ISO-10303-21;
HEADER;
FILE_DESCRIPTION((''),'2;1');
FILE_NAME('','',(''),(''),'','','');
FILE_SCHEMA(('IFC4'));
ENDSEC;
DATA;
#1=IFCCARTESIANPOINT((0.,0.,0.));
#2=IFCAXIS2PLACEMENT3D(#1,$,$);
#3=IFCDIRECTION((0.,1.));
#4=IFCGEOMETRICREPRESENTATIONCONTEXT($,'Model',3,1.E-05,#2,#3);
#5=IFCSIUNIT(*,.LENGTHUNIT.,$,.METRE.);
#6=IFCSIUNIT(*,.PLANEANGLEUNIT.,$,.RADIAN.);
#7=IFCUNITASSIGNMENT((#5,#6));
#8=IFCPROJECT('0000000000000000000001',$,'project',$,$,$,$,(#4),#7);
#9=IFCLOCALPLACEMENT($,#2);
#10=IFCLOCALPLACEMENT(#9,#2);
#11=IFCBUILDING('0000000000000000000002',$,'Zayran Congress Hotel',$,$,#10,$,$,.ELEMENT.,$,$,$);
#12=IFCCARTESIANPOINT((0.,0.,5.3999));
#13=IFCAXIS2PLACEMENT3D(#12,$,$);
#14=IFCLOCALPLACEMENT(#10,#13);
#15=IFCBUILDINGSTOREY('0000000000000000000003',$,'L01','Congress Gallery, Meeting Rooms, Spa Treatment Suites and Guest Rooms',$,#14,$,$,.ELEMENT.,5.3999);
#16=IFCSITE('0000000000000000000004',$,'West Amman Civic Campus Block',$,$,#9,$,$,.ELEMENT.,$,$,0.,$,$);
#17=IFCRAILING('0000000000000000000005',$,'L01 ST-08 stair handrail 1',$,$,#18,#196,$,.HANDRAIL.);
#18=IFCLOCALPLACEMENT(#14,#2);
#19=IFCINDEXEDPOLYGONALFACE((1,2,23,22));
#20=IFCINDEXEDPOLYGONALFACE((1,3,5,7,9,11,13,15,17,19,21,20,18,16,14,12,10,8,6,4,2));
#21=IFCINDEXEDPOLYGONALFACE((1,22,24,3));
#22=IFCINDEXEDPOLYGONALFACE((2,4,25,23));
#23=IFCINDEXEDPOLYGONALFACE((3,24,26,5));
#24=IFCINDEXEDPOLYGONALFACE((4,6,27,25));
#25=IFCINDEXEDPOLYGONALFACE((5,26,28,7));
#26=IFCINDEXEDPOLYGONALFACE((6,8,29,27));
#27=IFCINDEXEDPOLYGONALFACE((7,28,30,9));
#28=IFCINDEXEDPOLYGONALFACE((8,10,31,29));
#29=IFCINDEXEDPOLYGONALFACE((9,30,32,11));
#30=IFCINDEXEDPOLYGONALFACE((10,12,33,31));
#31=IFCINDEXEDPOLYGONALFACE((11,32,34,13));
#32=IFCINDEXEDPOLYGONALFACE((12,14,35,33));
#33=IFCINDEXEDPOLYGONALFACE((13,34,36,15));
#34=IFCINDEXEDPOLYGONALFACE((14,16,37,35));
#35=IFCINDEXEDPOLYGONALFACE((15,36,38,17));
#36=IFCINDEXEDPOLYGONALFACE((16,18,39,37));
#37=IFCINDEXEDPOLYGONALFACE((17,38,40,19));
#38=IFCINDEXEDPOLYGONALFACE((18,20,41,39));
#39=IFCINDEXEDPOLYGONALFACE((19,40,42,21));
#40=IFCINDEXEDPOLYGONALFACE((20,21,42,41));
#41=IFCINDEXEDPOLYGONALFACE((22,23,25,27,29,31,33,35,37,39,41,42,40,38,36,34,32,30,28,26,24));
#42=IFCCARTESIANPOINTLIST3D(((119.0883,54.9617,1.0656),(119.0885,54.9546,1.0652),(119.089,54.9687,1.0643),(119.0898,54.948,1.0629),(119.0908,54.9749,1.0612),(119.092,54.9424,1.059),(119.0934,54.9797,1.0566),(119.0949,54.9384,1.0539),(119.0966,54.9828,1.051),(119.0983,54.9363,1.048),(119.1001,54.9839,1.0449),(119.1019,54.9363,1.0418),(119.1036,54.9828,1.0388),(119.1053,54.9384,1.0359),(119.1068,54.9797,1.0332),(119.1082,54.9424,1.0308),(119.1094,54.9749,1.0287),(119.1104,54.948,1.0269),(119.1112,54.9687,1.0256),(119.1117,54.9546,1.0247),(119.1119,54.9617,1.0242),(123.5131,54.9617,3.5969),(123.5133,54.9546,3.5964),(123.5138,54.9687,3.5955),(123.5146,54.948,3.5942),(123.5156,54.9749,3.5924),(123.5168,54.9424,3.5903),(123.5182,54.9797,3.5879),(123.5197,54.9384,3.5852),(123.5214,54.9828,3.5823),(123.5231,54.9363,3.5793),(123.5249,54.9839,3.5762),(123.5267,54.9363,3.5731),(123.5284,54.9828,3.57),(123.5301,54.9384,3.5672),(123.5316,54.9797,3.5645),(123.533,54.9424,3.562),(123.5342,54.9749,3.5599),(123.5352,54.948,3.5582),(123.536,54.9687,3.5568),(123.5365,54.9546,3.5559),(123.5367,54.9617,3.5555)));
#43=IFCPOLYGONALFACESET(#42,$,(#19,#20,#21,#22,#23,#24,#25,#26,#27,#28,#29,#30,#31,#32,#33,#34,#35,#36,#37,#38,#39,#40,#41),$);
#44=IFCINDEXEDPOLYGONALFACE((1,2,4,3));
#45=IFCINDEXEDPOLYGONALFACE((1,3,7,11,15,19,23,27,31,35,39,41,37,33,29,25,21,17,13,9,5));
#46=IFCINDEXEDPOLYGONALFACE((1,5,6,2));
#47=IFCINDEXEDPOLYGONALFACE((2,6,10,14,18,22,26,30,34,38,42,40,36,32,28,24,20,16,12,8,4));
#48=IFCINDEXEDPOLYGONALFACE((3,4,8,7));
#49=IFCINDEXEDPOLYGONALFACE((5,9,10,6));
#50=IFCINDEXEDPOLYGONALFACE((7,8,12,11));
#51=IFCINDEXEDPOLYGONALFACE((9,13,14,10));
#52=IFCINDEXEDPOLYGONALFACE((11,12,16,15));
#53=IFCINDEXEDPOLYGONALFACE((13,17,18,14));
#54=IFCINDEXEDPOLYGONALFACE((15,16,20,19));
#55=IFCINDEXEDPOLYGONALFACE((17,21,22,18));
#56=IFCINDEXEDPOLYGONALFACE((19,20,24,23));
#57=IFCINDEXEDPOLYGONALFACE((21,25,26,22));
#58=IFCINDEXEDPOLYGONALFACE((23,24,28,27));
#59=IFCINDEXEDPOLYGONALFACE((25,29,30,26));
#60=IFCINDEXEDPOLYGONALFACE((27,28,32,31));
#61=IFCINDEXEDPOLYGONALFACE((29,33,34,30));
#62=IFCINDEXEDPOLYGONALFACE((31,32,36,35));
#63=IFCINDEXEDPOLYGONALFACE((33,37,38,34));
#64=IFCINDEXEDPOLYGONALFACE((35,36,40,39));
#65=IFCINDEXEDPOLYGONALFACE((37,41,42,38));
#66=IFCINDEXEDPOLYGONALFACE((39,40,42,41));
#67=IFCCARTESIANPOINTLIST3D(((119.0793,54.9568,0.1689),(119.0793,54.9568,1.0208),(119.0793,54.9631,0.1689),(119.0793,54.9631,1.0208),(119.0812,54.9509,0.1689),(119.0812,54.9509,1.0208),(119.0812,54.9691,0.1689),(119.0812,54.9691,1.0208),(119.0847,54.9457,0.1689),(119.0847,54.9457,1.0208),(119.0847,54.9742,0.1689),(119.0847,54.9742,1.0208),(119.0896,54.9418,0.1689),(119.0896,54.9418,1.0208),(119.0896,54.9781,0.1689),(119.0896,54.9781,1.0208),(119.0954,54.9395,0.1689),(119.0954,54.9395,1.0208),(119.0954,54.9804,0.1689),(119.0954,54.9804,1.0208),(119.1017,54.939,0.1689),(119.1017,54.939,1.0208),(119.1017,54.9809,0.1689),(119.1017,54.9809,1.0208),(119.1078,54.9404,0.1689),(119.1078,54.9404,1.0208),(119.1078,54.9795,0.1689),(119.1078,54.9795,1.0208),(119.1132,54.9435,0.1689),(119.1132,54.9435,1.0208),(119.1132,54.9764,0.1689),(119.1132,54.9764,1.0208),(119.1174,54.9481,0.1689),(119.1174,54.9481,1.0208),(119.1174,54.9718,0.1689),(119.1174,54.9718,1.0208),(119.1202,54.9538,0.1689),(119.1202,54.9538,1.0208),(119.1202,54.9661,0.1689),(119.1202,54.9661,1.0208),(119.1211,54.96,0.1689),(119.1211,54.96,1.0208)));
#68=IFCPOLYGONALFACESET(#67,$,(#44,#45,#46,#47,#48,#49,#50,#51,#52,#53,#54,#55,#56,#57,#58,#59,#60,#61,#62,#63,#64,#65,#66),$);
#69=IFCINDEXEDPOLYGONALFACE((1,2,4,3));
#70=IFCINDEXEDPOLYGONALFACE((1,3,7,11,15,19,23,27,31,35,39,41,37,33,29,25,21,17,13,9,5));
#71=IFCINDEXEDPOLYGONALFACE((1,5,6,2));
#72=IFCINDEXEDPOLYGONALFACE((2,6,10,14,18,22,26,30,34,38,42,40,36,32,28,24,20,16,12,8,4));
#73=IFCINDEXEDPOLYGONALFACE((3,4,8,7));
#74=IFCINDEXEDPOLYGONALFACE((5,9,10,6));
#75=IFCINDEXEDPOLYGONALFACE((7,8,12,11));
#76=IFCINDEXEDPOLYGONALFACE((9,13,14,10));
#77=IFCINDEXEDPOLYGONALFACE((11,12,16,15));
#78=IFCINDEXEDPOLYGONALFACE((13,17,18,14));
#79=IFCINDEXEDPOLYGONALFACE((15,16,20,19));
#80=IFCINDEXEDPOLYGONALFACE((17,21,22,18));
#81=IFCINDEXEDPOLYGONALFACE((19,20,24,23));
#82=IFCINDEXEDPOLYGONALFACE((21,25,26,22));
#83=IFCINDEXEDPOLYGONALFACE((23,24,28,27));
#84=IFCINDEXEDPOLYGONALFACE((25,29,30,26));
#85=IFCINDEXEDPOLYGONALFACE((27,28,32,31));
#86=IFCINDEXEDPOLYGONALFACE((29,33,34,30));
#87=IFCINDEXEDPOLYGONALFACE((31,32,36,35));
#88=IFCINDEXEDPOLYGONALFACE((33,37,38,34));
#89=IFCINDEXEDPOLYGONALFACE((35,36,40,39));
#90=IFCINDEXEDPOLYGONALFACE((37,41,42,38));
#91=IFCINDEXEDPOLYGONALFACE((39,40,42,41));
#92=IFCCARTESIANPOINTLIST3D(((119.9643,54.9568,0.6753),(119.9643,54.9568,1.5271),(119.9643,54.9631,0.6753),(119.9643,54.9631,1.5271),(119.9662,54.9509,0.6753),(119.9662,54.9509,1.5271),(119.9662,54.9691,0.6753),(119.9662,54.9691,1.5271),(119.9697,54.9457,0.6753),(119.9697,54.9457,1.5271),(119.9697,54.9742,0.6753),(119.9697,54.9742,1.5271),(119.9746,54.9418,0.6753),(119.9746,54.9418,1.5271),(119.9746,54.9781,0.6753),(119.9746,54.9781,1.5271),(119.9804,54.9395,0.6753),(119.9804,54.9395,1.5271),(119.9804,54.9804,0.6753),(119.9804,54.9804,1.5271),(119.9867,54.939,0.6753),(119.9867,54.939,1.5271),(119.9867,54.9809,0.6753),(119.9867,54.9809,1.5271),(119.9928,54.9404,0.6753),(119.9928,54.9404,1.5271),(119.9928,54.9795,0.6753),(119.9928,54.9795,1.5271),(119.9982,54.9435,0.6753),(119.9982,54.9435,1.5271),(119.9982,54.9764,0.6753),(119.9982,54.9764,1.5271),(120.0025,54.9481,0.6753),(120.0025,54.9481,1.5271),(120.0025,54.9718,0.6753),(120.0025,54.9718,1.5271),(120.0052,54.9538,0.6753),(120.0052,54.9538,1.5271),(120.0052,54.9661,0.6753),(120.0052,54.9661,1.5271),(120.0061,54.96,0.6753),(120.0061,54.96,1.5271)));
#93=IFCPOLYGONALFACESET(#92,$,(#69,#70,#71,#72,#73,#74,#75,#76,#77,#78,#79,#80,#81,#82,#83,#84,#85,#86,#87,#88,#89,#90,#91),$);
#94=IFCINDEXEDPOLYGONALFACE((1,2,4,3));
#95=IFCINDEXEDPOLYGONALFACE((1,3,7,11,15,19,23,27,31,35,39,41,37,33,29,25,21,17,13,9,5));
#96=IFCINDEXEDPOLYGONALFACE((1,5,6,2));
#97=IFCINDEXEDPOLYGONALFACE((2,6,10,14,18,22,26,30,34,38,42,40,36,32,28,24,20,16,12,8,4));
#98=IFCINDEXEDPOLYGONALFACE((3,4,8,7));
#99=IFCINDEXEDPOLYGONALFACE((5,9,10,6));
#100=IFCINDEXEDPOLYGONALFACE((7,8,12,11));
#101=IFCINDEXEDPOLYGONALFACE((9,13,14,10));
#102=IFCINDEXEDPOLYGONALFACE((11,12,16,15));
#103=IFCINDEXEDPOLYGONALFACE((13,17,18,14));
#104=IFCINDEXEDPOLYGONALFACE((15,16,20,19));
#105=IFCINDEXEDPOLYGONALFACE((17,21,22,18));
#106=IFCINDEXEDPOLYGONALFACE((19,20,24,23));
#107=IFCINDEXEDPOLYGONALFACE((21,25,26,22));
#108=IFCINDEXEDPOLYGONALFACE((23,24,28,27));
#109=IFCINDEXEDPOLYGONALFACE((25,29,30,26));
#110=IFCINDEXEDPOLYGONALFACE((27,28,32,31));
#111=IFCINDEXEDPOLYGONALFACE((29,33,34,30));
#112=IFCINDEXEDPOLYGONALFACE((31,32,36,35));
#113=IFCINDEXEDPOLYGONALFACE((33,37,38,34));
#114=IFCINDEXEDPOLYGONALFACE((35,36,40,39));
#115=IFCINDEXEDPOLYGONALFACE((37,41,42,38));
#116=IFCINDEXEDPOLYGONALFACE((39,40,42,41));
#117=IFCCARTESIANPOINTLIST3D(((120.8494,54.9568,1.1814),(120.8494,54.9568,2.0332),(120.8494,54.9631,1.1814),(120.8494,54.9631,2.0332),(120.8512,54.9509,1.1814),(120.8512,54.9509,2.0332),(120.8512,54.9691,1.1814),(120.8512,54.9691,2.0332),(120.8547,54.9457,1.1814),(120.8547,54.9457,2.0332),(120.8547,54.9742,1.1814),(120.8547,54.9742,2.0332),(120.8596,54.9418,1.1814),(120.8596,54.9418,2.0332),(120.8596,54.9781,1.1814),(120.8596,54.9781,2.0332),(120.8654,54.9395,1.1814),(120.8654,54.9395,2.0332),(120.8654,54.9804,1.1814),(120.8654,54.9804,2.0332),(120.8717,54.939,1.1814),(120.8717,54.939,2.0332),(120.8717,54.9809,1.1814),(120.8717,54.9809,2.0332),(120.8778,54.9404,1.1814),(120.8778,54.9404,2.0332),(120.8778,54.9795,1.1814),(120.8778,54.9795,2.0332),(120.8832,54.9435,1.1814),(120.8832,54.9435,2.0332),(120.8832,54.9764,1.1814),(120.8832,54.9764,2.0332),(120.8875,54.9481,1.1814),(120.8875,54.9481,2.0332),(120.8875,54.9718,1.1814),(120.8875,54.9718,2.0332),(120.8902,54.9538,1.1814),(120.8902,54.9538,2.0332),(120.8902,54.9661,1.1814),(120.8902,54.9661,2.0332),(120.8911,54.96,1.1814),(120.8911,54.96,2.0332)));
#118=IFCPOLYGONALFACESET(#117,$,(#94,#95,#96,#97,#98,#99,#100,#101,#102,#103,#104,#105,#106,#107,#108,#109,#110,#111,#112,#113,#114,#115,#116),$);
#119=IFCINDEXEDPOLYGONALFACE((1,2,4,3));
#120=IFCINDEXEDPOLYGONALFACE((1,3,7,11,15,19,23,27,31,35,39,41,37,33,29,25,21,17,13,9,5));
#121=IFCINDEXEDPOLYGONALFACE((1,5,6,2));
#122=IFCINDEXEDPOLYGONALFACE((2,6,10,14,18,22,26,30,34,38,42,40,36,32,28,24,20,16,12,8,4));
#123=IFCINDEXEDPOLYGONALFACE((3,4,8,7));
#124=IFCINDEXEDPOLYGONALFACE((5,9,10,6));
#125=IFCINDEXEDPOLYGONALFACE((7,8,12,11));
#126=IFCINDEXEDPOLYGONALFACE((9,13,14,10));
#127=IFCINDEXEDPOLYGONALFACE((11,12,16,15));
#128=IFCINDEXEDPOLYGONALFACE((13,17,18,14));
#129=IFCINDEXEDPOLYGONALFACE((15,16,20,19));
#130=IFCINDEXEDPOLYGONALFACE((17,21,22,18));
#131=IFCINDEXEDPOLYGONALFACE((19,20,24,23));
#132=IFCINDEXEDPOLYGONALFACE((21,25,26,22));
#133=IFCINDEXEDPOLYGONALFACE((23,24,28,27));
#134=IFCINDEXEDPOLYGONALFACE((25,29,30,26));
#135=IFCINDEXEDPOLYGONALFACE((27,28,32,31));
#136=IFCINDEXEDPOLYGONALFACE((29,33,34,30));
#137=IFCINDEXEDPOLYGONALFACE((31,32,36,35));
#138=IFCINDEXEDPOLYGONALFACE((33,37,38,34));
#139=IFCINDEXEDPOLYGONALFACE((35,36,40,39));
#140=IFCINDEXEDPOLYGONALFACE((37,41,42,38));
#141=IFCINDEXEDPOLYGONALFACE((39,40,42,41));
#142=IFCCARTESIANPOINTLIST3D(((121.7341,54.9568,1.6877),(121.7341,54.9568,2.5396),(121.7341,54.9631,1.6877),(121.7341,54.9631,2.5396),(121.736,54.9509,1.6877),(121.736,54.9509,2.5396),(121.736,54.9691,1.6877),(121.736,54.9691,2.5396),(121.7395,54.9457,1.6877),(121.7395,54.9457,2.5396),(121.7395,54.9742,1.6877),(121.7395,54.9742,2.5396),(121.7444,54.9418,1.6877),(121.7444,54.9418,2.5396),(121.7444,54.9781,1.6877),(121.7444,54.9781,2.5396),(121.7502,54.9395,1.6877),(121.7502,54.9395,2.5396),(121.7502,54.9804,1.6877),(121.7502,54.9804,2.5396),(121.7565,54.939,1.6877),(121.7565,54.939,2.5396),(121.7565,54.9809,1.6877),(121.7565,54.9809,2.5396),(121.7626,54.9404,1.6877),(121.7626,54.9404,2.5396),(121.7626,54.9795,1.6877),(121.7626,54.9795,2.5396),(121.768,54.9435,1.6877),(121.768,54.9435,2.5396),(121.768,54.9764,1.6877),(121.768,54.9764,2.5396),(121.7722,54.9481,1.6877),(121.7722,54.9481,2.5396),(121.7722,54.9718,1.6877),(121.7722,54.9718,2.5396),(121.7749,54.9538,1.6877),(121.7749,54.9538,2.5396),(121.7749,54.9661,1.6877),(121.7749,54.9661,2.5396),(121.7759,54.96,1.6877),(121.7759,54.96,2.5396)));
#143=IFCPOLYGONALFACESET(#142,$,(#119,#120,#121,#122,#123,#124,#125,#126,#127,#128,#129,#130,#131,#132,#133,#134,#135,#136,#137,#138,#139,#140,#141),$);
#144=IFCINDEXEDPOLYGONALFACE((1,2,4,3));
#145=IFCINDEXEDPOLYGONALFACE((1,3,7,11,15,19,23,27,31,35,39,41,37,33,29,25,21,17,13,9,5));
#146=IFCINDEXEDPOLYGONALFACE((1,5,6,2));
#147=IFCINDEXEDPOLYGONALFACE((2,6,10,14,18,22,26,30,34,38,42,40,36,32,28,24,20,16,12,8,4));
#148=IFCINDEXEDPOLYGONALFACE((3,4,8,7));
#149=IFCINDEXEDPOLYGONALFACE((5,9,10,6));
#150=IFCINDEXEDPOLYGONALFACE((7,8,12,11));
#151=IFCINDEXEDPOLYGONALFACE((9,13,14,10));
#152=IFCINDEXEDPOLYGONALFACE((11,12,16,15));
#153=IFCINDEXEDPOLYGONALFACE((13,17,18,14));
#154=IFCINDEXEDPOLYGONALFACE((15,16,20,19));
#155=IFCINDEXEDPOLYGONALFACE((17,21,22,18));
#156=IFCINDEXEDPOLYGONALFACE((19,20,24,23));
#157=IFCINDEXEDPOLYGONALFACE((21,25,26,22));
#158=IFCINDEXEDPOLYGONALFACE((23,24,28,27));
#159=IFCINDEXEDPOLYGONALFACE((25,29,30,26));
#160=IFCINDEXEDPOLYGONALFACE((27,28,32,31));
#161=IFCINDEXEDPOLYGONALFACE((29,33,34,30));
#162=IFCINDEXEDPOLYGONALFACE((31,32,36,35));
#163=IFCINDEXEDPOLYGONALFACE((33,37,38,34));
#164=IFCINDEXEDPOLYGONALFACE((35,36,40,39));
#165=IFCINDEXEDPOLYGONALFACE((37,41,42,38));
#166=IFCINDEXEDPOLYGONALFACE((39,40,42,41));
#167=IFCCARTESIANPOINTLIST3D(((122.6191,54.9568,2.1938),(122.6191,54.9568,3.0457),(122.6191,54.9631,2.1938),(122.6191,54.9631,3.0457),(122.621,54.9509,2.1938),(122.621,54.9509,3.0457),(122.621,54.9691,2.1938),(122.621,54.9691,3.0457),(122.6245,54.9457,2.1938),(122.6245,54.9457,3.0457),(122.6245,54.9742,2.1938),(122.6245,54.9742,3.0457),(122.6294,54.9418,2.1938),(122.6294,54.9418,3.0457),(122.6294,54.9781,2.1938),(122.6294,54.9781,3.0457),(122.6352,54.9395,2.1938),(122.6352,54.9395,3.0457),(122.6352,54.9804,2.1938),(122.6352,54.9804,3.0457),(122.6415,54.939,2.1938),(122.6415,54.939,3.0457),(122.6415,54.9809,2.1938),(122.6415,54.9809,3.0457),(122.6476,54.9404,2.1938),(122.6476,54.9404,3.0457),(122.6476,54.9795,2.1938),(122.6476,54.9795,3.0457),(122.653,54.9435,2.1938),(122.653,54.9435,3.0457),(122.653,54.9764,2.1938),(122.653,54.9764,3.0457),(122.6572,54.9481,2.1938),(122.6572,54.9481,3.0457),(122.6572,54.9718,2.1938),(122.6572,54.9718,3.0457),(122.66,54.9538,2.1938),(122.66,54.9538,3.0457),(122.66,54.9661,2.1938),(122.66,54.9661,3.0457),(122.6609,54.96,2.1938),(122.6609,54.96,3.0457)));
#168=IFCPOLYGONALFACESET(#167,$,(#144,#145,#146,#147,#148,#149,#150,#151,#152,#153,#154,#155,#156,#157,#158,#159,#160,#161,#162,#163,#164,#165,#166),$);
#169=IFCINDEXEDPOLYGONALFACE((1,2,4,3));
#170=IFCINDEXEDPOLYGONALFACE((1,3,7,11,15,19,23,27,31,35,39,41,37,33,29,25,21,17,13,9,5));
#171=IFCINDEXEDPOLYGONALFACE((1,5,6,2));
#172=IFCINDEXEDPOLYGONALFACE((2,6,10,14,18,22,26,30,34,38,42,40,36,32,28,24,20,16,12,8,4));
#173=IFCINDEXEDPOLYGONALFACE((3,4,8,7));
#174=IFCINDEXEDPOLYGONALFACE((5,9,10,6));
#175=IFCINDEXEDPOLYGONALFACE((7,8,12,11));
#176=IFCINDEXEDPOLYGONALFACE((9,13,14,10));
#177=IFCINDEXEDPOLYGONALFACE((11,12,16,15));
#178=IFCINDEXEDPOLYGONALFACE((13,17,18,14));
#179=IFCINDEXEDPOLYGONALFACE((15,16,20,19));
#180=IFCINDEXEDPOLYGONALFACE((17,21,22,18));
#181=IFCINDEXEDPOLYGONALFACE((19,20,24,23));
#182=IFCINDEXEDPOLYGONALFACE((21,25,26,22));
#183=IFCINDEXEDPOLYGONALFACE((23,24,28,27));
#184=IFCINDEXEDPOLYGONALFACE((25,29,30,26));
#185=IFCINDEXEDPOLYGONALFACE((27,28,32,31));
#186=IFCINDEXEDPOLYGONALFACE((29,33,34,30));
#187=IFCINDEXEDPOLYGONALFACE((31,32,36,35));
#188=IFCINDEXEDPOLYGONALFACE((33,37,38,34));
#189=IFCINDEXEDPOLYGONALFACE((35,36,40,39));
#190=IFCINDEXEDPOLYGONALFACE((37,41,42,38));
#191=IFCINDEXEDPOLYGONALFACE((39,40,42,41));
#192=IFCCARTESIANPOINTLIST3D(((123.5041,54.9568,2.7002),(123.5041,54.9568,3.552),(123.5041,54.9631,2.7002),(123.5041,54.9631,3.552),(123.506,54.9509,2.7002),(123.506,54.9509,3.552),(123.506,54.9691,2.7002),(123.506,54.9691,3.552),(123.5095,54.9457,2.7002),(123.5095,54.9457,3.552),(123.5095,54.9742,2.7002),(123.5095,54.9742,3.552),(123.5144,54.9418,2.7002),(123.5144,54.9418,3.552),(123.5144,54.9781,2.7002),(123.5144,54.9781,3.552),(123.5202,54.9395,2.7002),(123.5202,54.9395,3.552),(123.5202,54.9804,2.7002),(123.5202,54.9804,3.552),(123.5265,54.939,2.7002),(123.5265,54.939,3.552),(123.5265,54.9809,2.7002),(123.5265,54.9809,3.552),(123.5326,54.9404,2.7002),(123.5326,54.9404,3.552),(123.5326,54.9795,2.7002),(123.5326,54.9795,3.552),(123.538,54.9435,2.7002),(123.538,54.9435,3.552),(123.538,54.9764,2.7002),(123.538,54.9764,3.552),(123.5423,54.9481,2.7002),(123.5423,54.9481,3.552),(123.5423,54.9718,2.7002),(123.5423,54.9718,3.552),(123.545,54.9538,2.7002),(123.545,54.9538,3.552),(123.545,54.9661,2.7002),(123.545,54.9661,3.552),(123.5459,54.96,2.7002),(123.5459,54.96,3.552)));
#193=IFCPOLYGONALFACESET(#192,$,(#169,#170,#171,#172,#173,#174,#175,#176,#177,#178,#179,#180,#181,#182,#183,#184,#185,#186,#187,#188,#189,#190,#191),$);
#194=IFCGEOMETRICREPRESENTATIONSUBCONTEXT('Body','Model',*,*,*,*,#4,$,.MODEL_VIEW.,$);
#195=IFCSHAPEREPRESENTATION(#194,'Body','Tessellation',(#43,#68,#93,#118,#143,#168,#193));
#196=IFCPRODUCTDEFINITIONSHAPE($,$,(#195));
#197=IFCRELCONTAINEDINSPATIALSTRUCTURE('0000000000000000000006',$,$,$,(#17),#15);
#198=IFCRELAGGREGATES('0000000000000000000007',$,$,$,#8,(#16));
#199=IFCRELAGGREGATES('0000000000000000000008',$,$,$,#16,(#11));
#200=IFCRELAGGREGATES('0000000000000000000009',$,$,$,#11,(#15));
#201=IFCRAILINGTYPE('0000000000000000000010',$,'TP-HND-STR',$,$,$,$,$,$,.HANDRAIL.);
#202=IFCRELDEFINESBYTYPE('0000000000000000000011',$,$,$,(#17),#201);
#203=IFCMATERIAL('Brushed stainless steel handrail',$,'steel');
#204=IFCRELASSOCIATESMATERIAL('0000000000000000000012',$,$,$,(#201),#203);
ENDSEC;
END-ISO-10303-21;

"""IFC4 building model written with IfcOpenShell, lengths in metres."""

from ifc_helpers import new_model, si_unit, direction, frame, origin, origin_2d, place, context, subcontext, project, spatial, circle, extrude, material, type_object, element, save


model = new_model("IFC4")

# Units and contexts
model_context = context("Model", 3, precision=1e-05, world=origin(), true_north=direction((0.0, 1.0)))
body_context = subcontext(model_context, "Body", "Model", "MODEL_VIEW")
ifc_project = project(units=[si_unit("LENGTHUNIT", "METRE"), si_unit("PLANEANGLEUNIT", "RADIAN")], contexts=[model_context])

# Site, building, storey
site_placement = place(None, origin())
site = spatial("IfcSite", under=ifc_project, at=site_placement, Name="West Amman Civic Campus Block", CompositionType="ELEMENT", RefElevation=0.0)
building_placement = place(site_placement, origin())
building = spatial("IfcBuilding", under=site, at=building_placement, Name="Zayran Congress Hotel", CompositionType="ELEMENT")
storey_placement = place(building_placement, frame((0.0, 0.0, 5.3999)))
storey = spatial("IfcBuildingStorey", under=building, at=storey_placement, Name="L01", Description="Congress Gallery, Meeting Rooms, Spa Treatment Suites and Guest Rooms", CompositionType="ELEMENT", Elevation=5.3999)

# Railing
ifc_material_1 = material(Name="Brushed stainless steel handrail", Category="steel")
railing_type = type_object("IfcRailingType", Name="TP-HND-STR", PredefinedType="HANDRAIL", material=ifc_material_1)
railing_placement = place(storey_placement, frame((119.1001, 54.96, 0.1689)))
element("IfcRailing", 1, at=railing_placement, inside=storey, type_object=railing_type, Name="L01 ST-08 stair handrail 1", PredefinedType="HANDRAIL", context=body_context, shape_type="SweptSolid", body=[
    extrude(circle(Radius=0.0239, at=origin_2d()), frame((0.0, 0.0, 0.876), z_axis=(0.868007, 0.0, 0.496551), x_axis=(0.0, 1.0, 0.0)), (0.0, 0.0, 1.0), 5.0977),
    extrude(circle(Radius=0.021, at=origin_2d()), origin(), (0.0, 0.0, 1.0), 0.8518),
    extrude(circle(Radius=0.021, at=origin_2d()), frame((0.885, 0.0, 0.5063)), (0.0, 0.0, 1.0), 0.8518),
    extrude(circle(Radius=0.021, at=origin_2d()), frame((1.77, 0.0, 1.0125)), (0.0, 0.0, 1.0), 0.8518),
    extrude(circle(Radius=0.021, at=origin_2d()), frame((2.6548, 0.0, 1.5188)), (0.0, 0.0, 1.0), 0.8518),
    extrude(circle(Radius=0.021, at=origin_2d()), frame((3.5398, 0.0, 2.0249)), (0.0, 0.0, 1.0), 0.8518),
    extrude(circle(Radius=0.021, at=origin_2d()), frame((4.4248, 0.0, 2.5312)), (0.0, 0.0, 1.0), 0.8518),
])

save(model, "model.ifc")
